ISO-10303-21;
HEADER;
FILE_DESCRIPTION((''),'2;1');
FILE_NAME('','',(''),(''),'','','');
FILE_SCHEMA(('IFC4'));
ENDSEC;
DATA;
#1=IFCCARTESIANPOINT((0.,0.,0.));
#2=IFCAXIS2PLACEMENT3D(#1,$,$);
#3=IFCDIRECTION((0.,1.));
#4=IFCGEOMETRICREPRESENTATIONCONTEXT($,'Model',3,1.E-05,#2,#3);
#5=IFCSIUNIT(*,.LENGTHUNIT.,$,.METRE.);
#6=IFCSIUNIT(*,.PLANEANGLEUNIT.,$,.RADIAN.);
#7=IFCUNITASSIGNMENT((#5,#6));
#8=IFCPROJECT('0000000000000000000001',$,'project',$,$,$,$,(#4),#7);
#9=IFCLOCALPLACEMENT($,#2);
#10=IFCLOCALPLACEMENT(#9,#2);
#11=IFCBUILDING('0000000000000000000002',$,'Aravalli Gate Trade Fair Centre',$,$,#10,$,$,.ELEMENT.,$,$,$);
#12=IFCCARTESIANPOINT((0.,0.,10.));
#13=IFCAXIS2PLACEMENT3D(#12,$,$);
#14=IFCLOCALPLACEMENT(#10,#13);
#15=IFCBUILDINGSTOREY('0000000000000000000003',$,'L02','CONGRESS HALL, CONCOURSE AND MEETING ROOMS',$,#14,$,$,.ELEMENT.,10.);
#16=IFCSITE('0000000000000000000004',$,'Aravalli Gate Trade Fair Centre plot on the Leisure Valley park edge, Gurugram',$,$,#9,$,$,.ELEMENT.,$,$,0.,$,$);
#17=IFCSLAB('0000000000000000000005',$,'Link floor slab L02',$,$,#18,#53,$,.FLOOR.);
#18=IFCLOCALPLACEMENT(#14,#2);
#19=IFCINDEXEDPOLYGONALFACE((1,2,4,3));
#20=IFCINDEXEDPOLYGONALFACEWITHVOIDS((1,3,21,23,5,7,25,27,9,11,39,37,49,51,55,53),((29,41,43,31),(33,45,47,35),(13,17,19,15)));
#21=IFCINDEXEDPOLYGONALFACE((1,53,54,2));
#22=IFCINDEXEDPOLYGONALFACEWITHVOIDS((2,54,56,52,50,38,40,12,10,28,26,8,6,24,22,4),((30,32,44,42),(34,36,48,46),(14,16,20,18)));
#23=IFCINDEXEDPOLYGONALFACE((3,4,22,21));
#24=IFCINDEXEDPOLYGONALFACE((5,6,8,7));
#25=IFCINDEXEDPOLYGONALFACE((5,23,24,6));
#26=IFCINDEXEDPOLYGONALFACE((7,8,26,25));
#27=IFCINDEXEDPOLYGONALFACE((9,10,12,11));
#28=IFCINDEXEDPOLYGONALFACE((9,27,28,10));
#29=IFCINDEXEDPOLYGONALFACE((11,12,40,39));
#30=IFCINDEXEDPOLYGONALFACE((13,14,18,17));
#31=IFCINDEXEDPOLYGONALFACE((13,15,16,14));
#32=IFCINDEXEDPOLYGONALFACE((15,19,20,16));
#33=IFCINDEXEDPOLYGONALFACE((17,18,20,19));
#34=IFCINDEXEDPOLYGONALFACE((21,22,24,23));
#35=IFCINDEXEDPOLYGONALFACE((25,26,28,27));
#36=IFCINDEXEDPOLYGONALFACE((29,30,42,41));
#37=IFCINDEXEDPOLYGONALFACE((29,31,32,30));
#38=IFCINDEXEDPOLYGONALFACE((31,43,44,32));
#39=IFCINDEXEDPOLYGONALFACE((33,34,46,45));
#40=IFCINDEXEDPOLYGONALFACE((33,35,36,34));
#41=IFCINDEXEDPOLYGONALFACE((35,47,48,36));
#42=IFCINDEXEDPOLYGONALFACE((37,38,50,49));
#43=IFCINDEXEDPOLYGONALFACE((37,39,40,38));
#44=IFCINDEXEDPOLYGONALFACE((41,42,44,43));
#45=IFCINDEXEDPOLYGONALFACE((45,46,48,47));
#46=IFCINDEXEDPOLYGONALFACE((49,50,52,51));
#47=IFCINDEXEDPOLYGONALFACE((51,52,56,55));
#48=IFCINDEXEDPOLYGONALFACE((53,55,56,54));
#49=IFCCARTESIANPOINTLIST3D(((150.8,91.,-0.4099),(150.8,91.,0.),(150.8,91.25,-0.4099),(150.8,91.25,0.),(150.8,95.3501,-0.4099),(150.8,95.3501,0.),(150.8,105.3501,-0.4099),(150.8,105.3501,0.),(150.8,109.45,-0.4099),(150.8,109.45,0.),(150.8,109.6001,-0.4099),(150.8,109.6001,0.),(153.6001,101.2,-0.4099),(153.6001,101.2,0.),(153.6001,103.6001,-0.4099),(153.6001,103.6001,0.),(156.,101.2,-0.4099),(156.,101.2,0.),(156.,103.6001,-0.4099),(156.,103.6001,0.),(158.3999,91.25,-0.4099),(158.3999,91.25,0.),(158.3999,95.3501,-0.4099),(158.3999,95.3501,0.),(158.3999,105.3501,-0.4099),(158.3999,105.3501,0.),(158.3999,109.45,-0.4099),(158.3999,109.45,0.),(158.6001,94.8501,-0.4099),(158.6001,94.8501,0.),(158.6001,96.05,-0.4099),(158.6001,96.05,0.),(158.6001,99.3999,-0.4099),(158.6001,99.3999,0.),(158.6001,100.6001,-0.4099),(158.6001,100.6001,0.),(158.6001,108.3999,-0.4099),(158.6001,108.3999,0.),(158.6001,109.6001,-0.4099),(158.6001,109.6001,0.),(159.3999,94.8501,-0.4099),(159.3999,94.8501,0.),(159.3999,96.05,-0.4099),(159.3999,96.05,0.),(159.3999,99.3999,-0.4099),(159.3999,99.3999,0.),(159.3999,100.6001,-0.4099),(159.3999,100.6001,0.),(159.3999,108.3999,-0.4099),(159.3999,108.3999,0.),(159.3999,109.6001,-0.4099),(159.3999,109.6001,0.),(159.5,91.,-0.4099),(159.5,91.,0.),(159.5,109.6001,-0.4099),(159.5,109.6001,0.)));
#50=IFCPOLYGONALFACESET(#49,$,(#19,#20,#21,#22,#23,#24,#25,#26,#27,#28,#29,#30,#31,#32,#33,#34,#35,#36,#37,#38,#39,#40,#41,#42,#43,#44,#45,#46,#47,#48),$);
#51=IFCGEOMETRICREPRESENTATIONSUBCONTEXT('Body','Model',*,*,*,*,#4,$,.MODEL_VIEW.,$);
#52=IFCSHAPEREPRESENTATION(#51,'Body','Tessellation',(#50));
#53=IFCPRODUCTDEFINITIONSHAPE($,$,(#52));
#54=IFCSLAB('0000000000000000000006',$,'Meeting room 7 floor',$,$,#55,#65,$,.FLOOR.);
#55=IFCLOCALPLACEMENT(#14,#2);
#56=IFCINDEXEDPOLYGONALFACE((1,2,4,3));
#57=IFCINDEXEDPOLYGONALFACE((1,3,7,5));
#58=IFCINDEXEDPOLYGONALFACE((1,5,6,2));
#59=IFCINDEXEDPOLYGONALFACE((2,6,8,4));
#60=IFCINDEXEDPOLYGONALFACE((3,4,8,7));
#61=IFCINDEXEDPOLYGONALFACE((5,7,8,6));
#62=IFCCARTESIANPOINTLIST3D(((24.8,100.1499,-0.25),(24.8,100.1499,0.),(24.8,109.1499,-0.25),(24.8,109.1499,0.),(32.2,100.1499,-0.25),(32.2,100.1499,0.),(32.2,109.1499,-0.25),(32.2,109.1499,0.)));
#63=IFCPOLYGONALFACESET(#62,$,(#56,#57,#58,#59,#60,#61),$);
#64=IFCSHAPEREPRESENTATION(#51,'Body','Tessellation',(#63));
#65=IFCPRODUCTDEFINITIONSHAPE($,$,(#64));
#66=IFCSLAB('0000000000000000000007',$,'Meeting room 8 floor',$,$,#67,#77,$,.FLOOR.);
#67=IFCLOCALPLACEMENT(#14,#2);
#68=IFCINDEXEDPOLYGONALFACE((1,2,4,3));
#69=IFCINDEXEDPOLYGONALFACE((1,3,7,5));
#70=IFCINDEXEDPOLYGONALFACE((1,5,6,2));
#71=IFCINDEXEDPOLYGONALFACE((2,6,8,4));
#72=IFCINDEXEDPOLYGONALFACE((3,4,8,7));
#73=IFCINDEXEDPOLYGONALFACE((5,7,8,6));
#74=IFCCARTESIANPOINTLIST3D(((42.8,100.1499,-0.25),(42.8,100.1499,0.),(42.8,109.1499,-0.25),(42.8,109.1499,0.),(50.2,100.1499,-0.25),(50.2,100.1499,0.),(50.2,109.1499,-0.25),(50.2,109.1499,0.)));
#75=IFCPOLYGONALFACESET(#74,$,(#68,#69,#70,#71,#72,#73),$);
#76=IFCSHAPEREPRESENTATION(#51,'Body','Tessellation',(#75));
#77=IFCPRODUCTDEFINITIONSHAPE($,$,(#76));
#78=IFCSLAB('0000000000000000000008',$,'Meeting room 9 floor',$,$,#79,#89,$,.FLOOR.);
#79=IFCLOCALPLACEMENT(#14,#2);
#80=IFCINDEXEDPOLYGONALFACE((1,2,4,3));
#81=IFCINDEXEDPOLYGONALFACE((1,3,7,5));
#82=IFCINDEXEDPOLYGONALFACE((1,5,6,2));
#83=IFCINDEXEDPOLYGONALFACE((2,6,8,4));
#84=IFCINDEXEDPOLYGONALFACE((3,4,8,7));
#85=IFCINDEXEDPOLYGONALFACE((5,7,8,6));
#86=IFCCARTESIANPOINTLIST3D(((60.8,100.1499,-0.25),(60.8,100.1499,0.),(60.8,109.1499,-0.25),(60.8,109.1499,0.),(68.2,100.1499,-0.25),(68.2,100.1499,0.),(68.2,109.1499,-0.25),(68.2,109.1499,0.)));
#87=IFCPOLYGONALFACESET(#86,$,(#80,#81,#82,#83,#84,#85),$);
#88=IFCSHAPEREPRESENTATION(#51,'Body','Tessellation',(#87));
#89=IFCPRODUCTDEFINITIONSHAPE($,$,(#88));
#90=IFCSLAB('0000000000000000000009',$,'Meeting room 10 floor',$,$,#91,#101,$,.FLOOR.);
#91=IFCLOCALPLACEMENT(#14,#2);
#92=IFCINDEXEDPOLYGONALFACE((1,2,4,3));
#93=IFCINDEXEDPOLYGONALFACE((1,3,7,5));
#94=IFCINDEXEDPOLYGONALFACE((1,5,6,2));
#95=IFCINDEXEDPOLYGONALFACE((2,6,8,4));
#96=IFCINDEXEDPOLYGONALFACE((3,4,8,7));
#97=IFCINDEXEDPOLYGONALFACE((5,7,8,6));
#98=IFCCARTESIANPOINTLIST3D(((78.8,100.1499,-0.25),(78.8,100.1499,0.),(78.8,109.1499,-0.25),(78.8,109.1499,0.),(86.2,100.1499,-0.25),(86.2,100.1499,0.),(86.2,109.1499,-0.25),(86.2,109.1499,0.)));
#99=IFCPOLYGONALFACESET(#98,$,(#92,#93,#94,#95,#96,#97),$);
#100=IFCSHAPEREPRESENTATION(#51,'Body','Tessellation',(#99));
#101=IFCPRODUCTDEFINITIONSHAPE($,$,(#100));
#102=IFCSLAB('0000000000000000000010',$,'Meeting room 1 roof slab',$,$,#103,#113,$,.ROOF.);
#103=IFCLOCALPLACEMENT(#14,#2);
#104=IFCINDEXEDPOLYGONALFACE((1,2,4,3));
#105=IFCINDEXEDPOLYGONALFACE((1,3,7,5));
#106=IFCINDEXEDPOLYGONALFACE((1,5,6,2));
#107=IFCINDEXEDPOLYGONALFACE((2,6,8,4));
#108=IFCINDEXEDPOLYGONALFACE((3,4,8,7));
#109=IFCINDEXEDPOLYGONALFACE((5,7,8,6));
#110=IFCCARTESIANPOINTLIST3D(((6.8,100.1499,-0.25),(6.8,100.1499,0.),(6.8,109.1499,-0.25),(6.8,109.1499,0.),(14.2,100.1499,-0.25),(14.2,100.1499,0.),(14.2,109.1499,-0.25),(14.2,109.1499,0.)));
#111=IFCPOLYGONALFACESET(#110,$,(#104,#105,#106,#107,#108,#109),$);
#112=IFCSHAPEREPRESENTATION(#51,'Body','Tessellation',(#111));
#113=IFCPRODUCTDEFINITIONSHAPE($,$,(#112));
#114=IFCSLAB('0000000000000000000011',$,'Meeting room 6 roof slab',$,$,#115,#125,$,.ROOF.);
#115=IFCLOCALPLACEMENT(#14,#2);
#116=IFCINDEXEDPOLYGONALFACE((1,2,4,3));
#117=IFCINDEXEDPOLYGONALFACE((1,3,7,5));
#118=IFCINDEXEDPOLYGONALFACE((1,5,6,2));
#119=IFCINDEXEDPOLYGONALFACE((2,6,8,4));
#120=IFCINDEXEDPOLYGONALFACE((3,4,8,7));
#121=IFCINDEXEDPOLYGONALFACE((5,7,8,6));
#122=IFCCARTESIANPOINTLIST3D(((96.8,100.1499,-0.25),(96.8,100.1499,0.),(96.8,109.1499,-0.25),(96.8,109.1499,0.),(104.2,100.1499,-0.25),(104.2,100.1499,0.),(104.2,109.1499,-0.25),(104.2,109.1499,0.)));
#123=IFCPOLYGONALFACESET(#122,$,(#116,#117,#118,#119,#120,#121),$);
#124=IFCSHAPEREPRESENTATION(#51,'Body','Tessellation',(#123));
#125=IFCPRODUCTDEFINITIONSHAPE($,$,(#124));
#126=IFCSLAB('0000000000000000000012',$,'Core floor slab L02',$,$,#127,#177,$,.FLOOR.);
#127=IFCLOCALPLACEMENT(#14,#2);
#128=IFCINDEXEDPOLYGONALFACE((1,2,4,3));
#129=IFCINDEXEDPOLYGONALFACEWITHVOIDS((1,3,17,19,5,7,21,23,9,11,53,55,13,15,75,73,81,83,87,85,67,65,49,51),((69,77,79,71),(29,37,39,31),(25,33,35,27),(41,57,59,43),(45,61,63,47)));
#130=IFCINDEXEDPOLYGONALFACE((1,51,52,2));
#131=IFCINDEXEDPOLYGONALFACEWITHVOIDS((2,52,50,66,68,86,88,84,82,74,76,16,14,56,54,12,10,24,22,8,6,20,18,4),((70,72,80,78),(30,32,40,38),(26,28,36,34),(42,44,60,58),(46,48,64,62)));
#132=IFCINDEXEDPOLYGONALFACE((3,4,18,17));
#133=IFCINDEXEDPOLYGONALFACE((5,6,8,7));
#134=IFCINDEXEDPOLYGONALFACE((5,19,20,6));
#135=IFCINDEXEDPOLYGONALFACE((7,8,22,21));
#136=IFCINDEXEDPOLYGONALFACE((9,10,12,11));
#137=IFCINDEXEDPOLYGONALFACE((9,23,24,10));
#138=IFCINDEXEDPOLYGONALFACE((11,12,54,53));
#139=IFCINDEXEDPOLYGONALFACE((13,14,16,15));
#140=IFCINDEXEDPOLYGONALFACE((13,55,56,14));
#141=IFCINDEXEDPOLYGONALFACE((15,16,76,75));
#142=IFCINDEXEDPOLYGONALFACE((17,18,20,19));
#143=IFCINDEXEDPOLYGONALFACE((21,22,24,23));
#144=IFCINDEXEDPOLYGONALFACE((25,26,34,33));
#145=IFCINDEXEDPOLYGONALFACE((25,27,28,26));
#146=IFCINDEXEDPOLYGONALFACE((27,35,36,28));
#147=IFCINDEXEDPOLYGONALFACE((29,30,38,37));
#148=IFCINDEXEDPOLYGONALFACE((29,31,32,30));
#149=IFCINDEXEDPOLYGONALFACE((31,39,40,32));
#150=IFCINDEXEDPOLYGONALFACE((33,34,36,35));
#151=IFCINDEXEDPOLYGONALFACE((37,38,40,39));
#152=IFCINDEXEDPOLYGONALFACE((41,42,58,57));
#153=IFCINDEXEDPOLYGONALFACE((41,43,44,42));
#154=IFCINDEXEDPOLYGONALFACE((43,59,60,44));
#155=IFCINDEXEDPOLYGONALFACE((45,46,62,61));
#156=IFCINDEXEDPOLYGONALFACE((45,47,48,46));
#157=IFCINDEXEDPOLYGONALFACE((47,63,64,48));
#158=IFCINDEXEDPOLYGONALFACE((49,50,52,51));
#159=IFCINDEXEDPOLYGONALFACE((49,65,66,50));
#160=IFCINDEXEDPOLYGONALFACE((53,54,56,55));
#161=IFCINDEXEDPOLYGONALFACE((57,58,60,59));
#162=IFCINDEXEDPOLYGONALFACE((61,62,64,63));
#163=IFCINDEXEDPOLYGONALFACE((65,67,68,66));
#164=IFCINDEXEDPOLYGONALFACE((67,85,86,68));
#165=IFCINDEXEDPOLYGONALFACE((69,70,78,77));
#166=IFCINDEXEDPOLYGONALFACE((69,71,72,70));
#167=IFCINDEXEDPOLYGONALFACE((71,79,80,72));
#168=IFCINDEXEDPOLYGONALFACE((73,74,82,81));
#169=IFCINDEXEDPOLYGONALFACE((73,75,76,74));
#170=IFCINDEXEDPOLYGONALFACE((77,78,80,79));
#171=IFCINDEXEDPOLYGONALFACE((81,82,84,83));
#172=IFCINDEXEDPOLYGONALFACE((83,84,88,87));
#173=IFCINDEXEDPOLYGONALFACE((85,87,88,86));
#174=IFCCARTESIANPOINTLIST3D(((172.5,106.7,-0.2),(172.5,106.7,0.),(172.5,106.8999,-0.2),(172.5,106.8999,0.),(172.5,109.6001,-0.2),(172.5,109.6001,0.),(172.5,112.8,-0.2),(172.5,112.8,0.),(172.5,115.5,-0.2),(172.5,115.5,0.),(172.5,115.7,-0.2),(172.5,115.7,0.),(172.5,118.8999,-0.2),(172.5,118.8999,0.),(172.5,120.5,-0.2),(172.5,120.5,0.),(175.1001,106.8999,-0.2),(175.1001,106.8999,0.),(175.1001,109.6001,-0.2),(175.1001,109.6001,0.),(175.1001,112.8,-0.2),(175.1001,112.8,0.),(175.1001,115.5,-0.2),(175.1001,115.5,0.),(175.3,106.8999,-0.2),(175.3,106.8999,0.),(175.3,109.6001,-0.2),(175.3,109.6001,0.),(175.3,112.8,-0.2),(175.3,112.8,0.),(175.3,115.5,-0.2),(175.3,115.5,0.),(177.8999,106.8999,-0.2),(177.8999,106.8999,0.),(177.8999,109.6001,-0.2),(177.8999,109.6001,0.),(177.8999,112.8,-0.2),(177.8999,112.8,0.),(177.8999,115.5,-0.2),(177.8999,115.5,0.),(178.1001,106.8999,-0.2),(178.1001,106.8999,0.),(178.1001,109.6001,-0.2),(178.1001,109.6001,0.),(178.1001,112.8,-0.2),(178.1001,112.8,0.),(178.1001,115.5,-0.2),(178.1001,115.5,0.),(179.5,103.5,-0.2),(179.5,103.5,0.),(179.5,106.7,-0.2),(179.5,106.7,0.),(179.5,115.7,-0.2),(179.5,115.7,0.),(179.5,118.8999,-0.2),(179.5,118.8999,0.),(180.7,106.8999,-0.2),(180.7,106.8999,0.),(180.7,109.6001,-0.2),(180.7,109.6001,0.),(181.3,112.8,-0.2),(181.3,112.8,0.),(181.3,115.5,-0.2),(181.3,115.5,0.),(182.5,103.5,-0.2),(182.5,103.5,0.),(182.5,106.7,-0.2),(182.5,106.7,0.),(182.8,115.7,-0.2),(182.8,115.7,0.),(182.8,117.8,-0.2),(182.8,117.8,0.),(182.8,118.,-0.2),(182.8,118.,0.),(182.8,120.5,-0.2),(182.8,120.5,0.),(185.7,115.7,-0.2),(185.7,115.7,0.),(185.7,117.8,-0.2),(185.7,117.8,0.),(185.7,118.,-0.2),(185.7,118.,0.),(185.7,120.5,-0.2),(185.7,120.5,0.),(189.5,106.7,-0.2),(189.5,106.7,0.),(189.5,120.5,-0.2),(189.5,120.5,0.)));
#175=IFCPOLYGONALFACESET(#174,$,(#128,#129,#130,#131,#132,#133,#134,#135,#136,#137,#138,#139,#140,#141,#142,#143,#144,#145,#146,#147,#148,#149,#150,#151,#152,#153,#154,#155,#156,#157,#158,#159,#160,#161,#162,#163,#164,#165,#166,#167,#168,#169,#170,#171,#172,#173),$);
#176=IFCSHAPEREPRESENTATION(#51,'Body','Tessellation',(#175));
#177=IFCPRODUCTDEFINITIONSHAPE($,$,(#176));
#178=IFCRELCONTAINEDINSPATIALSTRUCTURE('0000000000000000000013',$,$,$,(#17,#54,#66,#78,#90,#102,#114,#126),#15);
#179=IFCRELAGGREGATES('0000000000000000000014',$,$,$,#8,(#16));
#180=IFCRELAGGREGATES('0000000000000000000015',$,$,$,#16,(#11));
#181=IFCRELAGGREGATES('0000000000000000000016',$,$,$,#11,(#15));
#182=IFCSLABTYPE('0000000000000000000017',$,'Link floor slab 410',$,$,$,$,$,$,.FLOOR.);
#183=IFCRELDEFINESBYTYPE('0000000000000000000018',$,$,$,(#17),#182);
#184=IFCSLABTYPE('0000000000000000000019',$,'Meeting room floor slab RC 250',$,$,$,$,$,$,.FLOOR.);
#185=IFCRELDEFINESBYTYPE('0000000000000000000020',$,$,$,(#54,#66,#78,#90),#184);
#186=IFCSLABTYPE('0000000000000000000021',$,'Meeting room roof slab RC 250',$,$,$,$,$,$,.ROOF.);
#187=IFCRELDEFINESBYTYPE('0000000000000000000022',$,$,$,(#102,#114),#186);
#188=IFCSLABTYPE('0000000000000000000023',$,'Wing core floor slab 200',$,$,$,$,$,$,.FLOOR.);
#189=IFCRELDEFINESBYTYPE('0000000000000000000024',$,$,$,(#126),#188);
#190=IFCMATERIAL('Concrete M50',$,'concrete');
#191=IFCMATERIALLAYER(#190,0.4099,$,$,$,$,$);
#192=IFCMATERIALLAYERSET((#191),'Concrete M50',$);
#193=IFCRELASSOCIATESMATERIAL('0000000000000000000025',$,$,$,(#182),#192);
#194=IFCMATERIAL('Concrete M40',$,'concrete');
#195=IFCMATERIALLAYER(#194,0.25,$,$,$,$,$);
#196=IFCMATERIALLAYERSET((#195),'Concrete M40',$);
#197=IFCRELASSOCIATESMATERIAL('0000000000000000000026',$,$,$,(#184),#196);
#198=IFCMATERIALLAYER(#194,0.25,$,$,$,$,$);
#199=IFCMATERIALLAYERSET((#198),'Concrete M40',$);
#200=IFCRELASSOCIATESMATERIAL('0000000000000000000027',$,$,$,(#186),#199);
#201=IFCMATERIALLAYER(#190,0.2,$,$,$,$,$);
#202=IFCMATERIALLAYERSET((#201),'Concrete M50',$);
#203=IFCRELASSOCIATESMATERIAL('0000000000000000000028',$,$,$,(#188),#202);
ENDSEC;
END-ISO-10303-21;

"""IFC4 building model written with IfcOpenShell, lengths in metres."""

from ifc_helpers import new_model, si_unit, direction, frame, origin, place, context, subcontext, project, spatial, polyline, outline, extrude, material, layer, layer_set, type_object, element, save


model = new_model("IFC4")

# Units and contexts
model_context = context("Model", 3, precision=1e-05, world=origin(), true_north=direction((0.0, 1.0)))
body_context = subcontext(model_context, "Body", "Model", "MODEL_VIEW")
ifc_project = project(units=[si_unit("LENGTHUNIT", "METRE"), si_unit("PLANEANGLEUNIT", "RADIAN")], contexts=[model_context])

# Site, building, storey
site_placement = place(None, origin())
site = spatial("IfcSite", under=ifc_project, at=site_placement, Name="Aravalli Gate Trade Fair Centre plot on the Leisure Valley park edge, Gurugram", CompositionType="ELEMENT", RefElevation=0.0)
building_placement = place(site_placement, origin())
building = spatial("IfcBuilding", under=site, at=building_placement, Name="Aravalli Gate Trade Fair Centre", CompositionType="ELEMENT")
storey_placement = place(building_placement, frame((0.0, 0.0, 10.0)))
storey = spatial("IfcBuildingStorey", under=building, at=storey_placement, Name="L02", Description="CONGRESS HALL, CONCOURSE AND MEETING ROOMS", CompositionType="ELEMENT", Elevation=10.0)

# Slabs
ifc_material_1 = material(Name="Concrete M40", Category="concrete")
ifc_material_2 = material(Name="Concrete M50", Category="concrete")
ifc_layer_1 = layer(ifc_material_2, 0.4099)
ifc_layer_set_1 = layer_set([ifc_layer_1], Name="Concrete M50")
slab_type_1 = type_object("IfcSlabType", Name="Link floor slab 410", PredefinedType="FLOOR", material=ifc_layer_set_1)
slab_1_placement = place(storey_placement, frame((0.0, 0.0, -0.4099)))
element("IfcSlab", 1, at=slab_1_placement, inside=storey, type_object=slab_type_1, Name="Link floor slab L02", PredefinedType="FLOOR", context=body_context, shape_type="SweptSolid", body=[
    extrude(outline(polyline([(159.5, 109.6001), (159.5, 91.0), (150.8, 91.0), (150.8, 91.25), (158.3999, 91.25), (158.3999, 95.3501), (150.8, 95.3501), (150.8, 105.3501), (158.3999, 105.3501), (158.3999, 109.45), (150.8, 109.45), (150.8, 109.6001), (158.6001, 109.6001), (158.6001, 108.3999), (159.3999, 108.3999), (159.3999, 109.6001), (159.5, 109.6001)]), holes=[polyline([(158.6001, 96.05), (158.6001, 94.8501), (159.3999, 94.8501), (159.3999, 96.05), (158.6001, 96.05)]), polyline([(158.6001, 100.6001), (158.6001, 99.3999), (159.3999, 99.3999), (159.3999, 100.6001), (158.6001, 100.6001)]), polyline([(153.6001, 101.2), (156.0, 101.2), (156.0, 103.6001), (153.6001, 103.6001), (153.6001, 101.2)])]), origin(), (0.0, 0.0, 1.0), 0.4099),
])
ifc_layer_2 = layer(ifc_material_1, 0.25)
ifc_layer_set_2 = layer_set([ifc_layer_2], Name="Concrete M40")
slab_type_2 = type_object("IfcSlabType", Name="Meeting room floor slab RC 250", PredefinedType="FLOOR", material=ifc_layer_set_2)
slab_2_placement = place(storey_placement, frame((0.0, 0.0, -0.25)))
element("IfcSlab", 2, at=slab_2_placement, inside=storey, type_object=slab_type_2, Name="Meeting room 7 floor", PredefinedType="FLOOR", context=body_context, shape_type="SweptSolid", body=[
    extrude(outline(polyline([(24.8, 100.1499), (32.2, 100.1499), (32.2, 109.1499), (24.8, 109.1499), (24.8, 100.1499)])), origin(), (0.0, 0.0, 1.0), 0.25),
])
slab_3_placement = place(storey_placement, frame((0.0, 0.0, -0.25)))
element("IfcSlab", 3, at=slab_3_placement, inside=storey, type_object=slab_type_2, Name="Meeting room 8 floor", PredefinedType="FLOOR", context=body_context, shape_type="SweptSolid", body=[
    extrude(outline(polyline([(42.8, 100.1499), (50.2, 100.1499), (50.2, 109.1499), (42.8, 109.1499), (42.8, 100.1499)])), origin(), (0.0, 0.0, 1.0), 0.25),
])
slab_4_placement = place(storey_placement, frame((0.0, 0.0, -0.25)))
element("IfcSlab", 4, at=slab_4_placement, inside=storey, type_object=slab_type_2, Name="Meeting room 9 floor", PredefinedType="FLOOR", context=body_context, shape_type="SweptSolid", body=[
    extrude(outline(polyline([(60.8, 100.1499), (68.2, 100.1499), (68.2, 109.1499), (60.8, 109.1499), (60.8, 100.1499)])), origin(), (0.0, 0.0, 1.0), 0.25),
])
slab_5_placement = place(storey_placement, frame((0.0, 0.0, -0.25)))
element("IfcSlab", 5, at=slab_5_placement, inside=storey, type_object=slab_type_2, Name="Meeting room 10 floor", PredefinedType="FLOOR", context=body_context, shape_type="SweptSolid", body=[
    extrude(outline(polyline([(78.8, 100.1499), (86.2, 100.1499), (86.2, 109.1499), (78.8, 109.1499), (78.8, 100.1499)])), origin(), (0.0, 0.0, 1.0), 0.25),
])
ifc_layer_3 = layer(ifc_material_1, 0.25)
ifc_layer_set_3 = layer_set([ifc_layer_3], Name="Concrete M40")
slab_type_3 = type_object("IfcSlabType", Name="Meeting room roof slab RC 250", PredefinedType="ROOF", material=ifc_layer_set_3)
slab_6_placement = place(storey_placement, frame((0.0, 0.0, -0.25)))
element("IfcSlab", 6, at=slab_6_placement, inside=storey, type_object=slab_type_3, Name="Meeting room 1 roof slab", PredefinedType="ROOF", context=body_context, shape_type="SweptSolid", body=[
    extrude(outline(polyline([(6.8, 100.1499), (14.2, 100.1499), (14.2, 109.1499), (6.8, 109.1499), (6.8, 100.1499)])), origin(), (0.0, 0.0, 1.0), 0.25),
])
slab_7_placement = place(storey_placement, frame((0.0, 0.0, -0.25)))
element("IfcSlab", 7, at=slab_7_placement, inside=storey, type_object=slab_type_3, Name="Meeting room 6 roof slab", PredefinedType="ROOF", context=body_context, shape_type="SweptSolid", body=[
    extrude(outline(polyline([(96.8, 100.1499), (104.2, 100.1499), (104.2, 109.1499), (96.8, 109.1499), (96.8, 100.1499)])), origin(), (0.0, 0.0, 1.0), 0.25),
])
ifc_layer_4 = layer(ifc_material_2, 0.2)
ifc_layer_set_4 = layer_set([ifc_layer_4], Name="Concrete M50")
slab_type_4 = type_object("IfcSlabType", Name="Wing core floor slab 200", PredefinedType="FLOOR", material=ifc_layer_set_4)
slab_8_placement = place(storey_placement, frame((0.0, 0.0, -0.2)))
element("IfcSlab", 8, at=slab_8_placement, inside=storey, type_object=slab_type_4, Name="Core floor slab L02", PredefinedType="FLOOR", context=body_context, shape_type="SweptSolid", body=[
    extrude(outline(polyline([(189.5, 120.5), (189.5, 106.7), (182.5, 106.7), (182.5, 103.5), (179.5, 103.5), (179.5, 106.7), (172.5, 106.7), (172.5, 106.8999), (175.1001, 106.8999), (175.1001, 109.6001), (172.5, 109.6001), (172.5, 112.8), (175.1001, 112.8), (175.1001, 115.5), (172.5, 115.5), (172.5, 115.7), (179.5, 115.7), (179.5, 118.8999), (172.5, 118.8999), (172.5, 120.5), (182.8, 120.5), (182.8, 118.0), (185.7, 118.0), (185.7, 120.5), (189.5, 120.5)]), holes=[polyline([(175.3, 109.6001), (175.3, 106.8999), (177.8999, 106.8999), (177.8999, 109.6001), (175.3, 109.6001)]), polyline([(177.8999, 115.5), (175.3, 115.5), (175.3, 112.8), (177.8999, 112.8), (177.8999, 115.5)]), polyline([(180.7, 109.6001), (178.1001, 109.6001), (178.1001, 106.8999), (180.7, 106.8999), (180.7, 109.6001)]), polyline([(178.1001, 115.5), (178.1001, 112.8), (181.3, 112.8), (181.3, 115.5), (178.1001, 115.5)]), polyline([(185.7, 117.8), (182.8, 117.8), (182.8, 115.7), (185.7, 115.7), (185.7, 117.8)])]), origin(), (0.0, 0.0, 1.0), 0.2),
])

save(model, "model.ifc")
